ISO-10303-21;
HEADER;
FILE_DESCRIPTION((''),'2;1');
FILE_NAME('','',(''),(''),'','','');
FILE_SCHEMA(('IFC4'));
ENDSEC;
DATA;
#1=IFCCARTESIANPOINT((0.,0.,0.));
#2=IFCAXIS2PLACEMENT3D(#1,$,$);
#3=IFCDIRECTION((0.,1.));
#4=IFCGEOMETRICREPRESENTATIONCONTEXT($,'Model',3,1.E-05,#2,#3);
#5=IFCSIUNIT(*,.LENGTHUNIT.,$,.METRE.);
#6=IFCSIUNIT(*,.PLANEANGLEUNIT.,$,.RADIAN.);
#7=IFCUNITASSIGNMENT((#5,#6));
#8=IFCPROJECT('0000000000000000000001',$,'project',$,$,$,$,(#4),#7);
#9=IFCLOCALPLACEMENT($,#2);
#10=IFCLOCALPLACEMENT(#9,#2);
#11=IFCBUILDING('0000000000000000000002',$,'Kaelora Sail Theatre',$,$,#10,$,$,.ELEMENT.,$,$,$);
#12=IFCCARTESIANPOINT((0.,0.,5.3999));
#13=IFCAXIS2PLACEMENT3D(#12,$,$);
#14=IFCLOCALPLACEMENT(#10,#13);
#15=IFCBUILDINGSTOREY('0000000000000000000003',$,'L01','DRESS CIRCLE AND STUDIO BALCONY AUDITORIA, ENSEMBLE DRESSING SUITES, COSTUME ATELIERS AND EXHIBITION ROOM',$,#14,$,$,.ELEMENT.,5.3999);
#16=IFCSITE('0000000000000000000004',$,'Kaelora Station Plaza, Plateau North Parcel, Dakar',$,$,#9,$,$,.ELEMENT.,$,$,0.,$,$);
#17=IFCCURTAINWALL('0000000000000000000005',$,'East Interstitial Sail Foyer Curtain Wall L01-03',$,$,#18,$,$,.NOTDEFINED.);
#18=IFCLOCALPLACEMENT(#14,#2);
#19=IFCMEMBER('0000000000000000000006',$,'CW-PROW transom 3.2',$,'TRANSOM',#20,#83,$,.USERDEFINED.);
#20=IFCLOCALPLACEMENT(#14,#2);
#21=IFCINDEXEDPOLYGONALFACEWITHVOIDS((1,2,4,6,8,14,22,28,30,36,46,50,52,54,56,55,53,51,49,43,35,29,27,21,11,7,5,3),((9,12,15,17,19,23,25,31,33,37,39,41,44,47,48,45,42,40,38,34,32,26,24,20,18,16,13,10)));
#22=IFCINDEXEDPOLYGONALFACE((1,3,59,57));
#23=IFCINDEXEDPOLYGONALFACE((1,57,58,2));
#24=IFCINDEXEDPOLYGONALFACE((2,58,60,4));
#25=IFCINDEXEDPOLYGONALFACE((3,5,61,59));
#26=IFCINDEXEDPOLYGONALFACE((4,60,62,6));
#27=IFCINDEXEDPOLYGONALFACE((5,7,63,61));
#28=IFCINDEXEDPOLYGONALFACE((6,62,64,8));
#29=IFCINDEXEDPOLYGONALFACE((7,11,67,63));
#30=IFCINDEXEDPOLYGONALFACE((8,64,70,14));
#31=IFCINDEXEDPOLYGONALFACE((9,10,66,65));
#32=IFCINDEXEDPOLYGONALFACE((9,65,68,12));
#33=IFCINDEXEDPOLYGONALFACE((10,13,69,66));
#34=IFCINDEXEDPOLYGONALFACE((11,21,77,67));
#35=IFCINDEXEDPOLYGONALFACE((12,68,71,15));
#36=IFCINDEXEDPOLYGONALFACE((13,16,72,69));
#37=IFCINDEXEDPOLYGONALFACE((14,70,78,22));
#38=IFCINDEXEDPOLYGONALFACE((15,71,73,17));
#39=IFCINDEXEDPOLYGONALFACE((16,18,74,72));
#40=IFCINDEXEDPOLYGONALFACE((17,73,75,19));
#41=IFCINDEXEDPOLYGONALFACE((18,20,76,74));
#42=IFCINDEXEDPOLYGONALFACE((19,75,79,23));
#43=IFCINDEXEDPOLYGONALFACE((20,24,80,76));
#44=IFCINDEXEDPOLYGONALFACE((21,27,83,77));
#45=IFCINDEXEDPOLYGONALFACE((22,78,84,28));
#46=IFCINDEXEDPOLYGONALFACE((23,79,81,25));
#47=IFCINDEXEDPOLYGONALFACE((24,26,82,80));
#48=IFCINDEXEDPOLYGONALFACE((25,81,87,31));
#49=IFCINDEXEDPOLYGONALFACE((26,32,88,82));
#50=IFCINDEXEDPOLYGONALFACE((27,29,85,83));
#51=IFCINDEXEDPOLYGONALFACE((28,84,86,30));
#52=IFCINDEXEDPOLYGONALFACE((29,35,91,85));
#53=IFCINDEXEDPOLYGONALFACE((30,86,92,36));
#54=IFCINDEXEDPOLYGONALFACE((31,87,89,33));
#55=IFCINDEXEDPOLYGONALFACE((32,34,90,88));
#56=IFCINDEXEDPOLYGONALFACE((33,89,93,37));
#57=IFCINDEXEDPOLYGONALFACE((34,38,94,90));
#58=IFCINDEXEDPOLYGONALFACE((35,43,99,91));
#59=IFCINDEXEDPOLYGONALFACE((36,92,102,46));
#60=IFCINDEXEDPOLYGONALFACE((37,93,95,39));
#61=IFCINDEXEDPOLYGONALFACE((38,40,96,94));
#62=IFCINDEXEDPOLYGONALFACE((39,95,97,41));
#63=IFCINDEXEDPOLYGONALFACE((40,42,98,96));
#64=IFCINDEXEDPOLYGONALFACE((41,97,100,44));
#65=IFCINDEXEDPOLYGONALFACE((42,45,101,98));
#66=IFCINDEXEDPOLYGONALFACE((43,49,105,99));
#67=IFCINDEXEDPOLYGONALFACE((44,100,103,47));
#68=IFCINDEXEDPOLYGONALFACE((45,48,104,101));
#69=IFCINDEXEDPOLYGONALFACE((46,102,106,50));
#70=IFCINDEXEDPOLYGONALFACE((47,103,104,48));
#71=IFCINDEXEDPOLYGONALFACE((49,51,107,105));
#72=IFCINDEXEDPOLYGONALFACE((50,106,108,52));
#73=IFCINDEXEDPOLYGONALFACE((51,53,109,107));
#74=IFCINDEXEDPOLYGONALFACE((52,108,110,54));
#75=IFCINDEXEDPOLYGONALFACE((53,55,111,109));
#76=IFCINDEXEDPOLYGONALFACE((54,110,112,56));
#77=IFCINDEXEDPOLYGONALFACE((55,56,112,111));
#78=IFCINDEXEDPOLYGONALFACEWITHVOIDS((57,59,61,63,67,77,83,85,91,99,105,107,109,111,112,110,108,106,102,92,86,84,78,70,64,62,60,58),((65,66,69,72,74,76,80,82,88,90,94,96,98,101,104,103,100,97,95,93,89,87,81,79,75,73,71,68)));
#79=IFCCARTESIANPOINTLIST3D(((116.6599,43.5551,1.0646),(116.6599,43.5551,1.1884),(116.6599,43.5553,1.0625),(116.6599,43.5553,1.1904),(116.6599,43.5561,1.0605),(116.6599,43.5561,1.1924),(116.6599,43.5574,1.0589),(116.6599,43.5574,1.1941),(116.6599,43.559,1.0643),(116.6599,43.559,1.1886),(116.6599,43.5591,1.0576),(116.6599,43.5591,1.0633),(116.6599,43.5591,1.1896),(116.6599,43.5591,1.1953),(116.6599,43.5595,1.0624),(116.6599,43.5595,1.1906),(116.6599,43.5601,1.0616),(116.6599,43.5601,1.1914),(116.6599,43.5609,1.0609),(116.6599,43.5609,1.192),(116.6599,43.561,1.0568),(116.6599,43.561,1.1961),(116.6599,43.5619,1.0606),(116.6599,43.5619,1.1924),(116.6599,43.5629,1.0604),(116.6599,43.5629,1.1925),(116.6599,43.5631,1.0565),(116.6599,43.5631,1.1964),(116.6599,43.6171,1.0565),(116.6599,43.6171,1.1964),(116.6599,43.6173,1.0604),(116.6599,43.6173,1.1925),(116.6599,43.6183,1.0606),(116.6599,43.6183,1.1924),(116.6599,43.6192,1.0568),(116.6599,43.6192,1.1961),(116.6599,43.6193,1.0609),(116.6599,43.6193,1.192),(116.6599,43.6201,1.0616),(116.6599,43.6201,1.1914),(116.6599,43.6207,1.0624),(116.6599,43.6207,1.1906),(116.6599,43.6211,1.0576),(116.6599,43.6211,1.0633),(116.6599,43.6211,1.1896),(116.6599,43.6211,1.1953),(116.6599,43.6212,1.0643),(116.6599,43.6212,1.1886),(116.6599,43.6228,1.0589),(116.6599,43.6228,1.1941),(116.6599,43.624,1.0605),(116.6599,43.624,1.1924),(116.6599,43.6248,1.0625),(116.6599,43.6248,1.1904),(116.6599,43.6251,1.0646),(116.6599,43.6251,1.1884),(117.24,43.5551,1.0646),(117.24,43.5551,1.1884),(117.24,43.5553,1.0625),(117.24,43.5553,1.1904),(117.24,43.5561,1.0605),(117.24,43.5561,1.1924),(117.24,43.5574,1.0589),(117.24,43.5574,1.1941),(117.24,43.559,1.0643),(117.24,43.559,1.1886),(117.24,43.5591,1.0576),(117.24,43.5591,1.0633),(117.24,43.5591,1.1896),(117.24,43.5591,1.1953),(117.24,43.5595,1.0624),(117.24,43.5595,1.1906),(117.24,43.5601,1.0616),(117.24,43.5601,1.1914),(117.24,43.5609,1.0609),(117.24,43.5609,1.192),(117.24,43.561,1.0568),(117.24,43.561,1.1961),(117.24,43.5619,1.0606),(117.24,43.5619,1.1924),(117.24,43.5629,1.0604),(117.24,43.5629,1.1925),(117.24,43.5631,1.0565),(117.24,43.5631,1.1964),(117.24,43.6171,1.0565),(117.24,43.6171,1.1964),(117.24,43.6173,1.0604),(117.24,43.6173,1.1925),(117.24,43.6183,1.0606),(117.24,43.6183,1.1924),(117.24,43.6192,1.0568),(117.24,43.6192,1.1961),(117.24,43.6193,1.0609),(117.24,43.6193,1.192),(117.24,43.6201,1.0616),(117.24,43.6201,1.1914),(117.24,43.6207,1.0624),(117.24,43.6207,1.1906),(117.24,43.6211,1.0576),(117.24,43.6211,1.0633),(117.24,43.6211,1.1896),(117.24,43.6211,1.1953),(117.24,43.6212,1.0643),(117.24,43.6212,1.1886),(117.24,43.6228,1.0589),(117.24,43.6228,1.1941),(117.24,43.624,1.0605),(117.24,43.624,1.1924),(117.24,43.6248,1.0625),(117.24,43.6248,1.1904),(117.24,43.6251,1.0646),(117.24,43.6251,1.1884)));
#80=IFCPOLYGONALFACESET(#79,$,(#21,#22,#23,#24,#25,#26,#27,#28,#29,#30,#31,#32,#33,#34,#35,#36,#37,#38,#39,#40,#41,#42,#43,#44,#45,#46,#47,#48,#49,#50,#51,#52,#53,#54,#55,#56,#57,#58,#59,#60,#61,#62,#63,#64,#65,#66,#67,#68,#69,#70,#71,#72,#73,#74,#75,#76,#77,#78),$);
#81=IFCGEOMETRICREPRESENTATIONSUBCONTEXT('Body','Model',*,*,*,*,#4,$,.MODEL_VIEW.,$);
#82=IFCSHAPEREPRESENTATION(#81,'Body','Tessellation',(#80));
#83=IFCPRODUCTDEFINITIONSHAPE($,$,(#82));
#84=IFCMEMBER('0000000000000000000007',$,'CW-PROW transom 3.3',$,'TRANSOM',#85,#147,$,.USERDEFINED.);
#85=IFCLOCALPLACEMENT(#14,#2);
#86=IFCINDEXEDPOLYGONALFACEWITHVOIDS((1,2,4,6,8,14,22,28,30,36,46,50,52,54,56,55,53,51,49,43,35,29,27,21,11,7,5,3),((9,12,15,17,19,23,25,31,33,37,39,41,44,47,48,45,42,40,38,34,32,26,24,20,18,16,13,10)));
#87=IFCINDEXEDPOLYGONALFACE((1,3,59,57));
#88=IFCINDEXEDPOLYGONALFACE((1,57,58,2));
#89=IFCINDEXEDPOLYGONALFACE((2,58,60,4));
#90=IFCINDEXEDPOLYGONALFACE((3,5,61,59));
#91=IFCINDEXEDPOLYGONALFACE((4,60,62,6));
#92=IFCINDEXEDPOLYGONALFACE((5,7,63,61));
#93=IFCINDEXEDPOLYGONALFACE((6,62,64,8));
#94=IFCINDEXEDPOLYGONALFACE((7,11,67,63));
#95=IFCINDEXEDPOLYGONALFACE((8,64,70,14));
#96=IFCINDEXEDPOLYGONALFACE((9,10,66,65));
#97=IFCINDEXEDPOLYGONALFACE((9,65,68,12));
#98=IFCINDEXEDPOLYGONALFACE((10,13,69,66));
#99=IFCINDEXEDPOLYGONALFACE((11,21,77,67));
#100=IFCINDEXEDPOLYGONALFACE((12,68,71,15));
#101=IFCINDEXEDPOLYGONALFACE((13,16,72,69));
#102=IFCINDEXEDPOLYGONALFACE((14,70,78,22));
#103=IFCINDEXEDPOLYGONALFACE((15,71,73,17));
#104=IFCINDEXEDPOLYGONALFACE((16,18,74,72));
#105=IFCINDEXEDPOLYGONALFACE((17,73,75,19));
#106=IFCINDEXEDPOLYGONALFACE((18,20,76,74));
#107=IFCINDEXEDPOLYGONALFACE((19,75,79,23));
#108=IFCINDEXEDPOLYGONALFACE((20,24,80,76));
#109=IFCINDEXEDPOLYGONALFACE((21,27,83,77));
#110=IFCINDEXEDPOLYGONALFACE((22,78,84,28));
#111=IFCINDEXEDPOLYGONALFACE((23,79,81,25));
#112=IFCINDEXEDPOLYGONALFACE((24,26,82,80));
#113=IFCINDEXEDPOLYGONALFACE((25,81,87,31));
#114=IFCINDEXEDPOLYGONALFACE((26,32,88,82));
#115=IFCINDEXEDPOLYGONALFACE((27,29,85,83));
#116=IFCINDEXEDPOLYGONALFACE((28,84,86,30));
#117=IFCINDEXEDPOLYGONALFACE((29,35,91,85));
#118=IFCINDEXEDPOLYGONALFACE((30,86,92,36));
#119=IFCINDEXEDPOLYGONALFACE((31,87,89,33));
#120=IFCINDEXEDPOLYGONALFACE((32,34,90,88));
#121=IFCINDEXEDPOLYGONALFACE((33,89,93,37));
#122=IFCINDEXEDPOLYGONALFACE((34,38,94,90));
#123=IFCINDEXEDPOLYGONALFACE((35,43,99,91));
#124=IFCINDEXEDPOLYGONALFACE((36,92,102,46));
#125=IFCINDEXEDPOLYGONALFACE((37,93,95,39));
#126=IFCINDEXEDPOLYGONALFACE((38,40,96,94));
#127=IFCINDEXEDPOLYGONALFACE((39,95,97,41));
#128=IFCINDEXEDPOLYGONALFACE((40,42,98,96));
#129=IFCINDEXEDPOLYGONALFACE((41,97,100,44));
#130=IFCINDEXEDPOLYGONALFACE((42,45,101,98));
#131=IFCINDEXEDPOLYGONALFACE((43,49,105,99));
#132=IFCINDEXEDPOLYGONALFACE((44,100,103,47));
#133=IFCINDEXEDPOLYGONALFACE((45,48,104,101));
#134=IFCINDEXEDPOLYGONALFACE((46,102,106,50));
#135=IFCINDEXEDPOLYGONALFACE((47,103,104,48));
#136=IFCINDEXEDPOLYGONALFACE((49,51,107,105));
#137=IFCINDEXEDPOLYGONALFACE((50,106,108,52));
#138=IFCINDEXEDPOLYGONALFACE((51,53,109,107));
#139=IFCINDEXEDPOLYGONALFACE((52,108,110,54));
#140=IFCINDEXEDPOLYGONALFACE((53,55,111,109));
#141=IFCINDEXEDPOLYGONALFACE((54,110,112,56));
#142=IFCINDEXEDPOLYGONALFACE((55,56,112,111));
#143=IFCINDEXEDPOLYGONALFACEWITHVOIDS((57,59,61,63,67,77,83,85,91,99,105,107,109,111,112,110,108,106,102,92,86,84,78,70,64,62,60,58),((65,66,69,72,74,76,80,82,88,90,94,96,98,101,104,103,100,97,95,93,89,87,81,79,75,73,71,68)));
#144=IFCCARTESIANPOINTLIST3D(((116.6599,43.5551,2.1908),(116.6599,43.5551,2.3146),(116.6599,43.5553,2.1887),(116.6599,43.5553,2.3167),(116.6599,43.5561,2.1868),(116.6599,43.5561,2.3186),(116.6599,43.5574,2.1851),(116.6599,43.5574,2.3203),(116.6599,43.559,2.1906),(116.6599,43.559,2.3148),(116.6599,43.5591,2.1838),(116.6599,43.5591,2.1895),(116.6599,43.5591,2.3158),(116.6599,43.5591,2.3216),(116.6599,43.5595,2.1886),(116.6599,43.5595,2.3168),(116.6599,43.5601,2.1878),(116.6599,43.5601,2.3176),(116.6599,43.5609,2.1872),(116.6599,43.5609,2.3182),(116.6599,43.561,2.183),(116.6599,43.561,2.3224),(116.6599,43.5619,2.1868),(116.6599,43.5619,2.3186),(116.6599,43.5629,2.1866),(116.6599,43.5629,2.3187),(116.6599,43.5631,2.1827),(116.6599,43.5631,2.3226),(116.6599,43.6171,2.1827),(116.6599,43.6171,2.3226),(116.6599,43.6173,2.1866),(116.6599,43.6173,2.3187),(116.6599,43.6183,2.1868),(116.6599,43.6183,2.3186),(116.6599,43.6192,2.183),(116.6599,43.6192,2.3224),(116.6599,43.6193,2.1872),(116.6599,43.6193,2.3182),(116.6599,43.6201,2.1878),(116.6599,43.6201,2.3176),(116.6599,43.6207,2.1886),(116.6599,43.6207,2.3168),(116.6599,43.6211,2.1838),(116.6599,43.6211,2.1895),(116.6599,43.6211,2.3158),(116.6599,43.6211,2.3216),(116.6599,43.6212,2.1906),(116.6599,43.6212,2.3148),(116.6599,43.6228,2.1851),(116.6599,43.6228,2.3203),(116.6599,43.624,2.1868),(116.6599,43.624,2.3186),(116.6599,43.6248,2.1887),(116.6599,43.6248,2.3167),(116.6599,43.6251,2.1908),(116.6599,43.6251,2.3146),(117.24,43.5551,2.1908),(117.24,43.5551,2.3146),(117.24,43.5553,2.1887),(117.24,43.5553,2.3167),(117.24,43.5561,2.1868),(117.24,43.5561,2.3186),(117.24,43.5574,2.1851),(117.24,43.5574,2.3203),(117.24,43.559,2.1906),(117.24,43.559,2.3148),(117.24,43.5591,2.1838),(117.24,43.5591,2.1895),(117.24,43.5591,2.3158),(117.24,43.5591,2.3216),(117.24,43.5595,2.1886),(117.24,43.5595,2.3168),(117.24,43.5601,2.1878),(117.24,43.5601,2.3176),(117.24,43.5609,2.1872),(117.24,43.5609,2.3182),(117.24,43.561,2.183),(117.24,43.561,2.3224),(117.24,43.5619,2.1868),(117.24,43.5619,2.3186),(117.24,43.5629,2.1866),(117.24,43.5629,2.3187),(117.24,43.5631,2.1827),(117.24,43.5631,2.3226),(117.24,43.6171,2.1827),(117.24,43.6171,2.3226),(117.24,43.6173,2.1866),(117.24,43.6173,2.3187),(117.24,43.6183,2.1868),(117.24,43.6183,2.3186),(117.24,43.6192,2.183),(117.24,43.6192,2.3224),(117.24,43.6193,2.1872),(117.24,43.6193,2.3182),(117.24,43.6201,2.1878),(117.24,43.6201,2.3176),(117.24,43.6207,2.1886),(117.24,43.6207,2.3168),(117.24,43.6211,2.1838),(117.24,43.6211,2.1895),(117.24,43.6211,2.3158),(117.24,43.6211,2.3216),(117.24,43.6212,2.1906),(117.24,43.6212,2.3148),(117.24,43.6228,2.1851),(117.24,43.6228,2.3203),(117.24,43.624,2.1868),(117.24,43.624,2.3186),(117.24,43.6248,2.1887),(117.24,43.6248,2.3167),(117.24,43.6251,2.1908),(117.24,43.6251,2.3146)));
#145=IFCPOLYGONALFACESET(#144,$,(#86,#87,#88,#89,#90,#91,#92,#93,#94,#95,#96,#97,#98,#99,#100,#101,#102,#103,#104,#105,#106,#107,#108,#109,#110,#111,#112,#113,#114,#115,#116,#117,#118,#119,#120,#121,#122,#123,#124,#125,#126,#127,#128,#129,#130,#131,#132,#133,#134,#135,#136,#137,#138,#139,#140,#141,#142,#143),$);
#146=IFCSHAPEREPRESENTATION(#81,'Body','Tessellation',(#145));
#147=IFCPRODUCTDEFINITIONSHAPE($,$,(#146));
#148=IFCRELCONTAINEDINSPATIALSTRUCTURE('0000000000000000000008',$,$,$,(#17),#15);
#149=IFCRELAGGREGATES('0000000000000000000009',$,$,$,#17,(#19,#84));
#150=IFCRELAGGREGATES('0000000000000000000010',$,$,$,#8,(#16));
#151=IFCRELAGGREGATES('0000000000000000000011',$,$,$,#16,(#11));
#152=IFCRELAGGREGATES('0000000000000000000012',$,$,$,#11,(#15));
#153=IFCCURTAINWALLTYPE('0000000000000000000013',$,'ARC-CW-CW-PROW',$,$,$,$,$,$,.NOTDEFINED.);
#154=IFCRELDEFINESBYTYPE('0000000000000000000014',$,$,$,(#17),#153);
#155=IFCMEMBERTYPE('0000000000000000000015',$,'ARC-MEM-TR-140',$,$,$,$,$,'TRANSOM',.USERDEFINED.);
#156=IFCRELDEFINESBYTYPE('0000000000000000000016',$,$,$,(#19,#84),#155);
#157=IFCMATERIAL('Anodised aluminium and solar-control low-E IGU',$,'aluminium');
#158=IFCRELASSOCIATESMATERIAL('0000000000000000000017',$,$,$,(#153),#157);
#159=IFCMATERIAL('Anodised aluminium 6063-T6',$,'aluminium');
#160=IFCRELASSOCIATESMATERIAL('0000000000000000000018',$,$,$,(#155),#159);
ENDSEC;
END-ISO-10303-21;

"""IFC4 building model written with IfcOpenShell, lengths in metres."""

from ifc_helpers import new_model, si_unit, direction, frame, origin, origin_2d, place, context, subcontext, project, spatial, hollow_rectangle, extrude, material, material_profile, profile_set, type_object, element, aggregate, save


model = new_model("IFC4")

# Units and contexts
model_context = context("Model", 3, precision=1e-05, world=origin(), true_north=direction((0.0, 1.0)))
body_context = subcontext(model_context, "Body", "Model", "MODEL_VIEW")
ifc_project = project(units=[si_unit("LENGTHUNIT", "METRE"), si_unit("PLANEANGLEUNIT", "RADIAN")], contexts=[model_context])

# Site, building, storey
site_placement = place(None, origin())
site = spatial("IfcSite", under=ifc_project, at=site_placement, Name="Kaelora Station Plaza, Plateau North Parcel, Dakar", CompositionType="ELEMENT", RefElevation=0.0)
building_placement = place(site_placement, origin())
building = spatial("IfcBuilding", under=site, at=building_placement, Name="Kaelora Sail Theatre", CompositionType="ELEMENT")
storey_placement = place(building_placement, frame((0.0, 0.0, 5.3999)))
storey = spatial("IfcBuildingStorey", under=building, at=storey_placement, Name="L01", Description="DRESS CIRCLE AND STUDIO BALCONY AUDITORIA, ENSEMBLE DRESSING SUITES, COSTUME ATELIERS AND EXHIBITION ROOM", CompositionType="ELEMENT", Elevation=5.3999)

# Curtain wall, members
ifc_material_1 = material(Name="Anodised aluminium and solar-control low-E IGU", Category="aluminium")
curtain_wall_type = type_object("IfcCurtainWallType", Name="ARC-CW-CW-PROW", PredefinedType="NOTDEFINED", material=ifc_material_1)
curtain_wall_placement = place(storey_placement, origin())
curtain_wall = element("IfcCurtainWall", 1, at=curtain_wall_placement, inside=storey, type_object=curtain_wall_type, Name="East Interstitial Sail Foyer Curtain Wall L01-03", PredefinedType="NOTDEFINED")
ifc_material_2 = material(Name="Anodised aluminium 6063-T6", Category="aluminium")
ifc_material_profile_1 = material_profile(ifc_material_2, hollow_rectangle(XDim=0.0701, YDim=0.1399, WallThickness=0.0039, InnerFilletRadius=0.0039, OuterFilletRadius=0.0081, at=origin_2d()), Name="ALU-TRAN 70x140x4")
ifc_profile_set_1 = profile_set([ifc_material_profile_1], Name="Anodised aluminium 6063-T6")
member_type_1 = type_object("IfcMemberType", Name="ARC-MEM-TR-140", ElementType="TRANSOM", PredefinedType="USERDEFINED", material=ifc_profile_set_1)
member_1_placement = place(storey_placement, frame((116.6599, 43.5901, 1.1265), z_axis=(1.0, 0.0, 0.0), x_axis=(0.0, 1.0, 0.0)))
member_1 = element("IfcMember", 2, at=member_1_placement, type_object=member_type_1, Name="CW-PROW transom 3.2", ObjectType="TRANSOM", PredefinedType="USERDEFINED", context=body_context, shape_type="SweptSolid", body=[
    extrude(hollow_rectangle(XDim=0.0701, YDim=0.1399, WallThickness=0.0039, InnerFilletRadius=0.0039, OuterFilletRadius=0.0081, at=origin_2d()), origin(), (0.0, 0.0, 1.0), 0.5801),
])
member_2_placement = place(storey_placement, frame((116.6599, 43.5901, 2.2527), z_axis=(1.0, 0.0, 0.0), x_axis=(0.0, 1.0, 0.0)))
member_2 = element("IfcMember", 3, at=member_2_placement, type_object=member_type_1, Name="CW-PROW transom 3.3", ObjectType="TRANSOM", PredefinedType="USERDEFINED", context=body_context, shape_type="SweptSolid", body=[
    extrude(hollow_rectangle(XDim=0.0701, YDim=0.1399, WallThickness=0.0039, InnerFilletRadius=0.0039, OuterFilletRadius=0.0081, at=origin_2d()), origin(), (0.0, 0.0, 1.0), 0.5801),
])
aggregate(curtain_wall, [member_1, member_2])

save(model, "model.ifc")
